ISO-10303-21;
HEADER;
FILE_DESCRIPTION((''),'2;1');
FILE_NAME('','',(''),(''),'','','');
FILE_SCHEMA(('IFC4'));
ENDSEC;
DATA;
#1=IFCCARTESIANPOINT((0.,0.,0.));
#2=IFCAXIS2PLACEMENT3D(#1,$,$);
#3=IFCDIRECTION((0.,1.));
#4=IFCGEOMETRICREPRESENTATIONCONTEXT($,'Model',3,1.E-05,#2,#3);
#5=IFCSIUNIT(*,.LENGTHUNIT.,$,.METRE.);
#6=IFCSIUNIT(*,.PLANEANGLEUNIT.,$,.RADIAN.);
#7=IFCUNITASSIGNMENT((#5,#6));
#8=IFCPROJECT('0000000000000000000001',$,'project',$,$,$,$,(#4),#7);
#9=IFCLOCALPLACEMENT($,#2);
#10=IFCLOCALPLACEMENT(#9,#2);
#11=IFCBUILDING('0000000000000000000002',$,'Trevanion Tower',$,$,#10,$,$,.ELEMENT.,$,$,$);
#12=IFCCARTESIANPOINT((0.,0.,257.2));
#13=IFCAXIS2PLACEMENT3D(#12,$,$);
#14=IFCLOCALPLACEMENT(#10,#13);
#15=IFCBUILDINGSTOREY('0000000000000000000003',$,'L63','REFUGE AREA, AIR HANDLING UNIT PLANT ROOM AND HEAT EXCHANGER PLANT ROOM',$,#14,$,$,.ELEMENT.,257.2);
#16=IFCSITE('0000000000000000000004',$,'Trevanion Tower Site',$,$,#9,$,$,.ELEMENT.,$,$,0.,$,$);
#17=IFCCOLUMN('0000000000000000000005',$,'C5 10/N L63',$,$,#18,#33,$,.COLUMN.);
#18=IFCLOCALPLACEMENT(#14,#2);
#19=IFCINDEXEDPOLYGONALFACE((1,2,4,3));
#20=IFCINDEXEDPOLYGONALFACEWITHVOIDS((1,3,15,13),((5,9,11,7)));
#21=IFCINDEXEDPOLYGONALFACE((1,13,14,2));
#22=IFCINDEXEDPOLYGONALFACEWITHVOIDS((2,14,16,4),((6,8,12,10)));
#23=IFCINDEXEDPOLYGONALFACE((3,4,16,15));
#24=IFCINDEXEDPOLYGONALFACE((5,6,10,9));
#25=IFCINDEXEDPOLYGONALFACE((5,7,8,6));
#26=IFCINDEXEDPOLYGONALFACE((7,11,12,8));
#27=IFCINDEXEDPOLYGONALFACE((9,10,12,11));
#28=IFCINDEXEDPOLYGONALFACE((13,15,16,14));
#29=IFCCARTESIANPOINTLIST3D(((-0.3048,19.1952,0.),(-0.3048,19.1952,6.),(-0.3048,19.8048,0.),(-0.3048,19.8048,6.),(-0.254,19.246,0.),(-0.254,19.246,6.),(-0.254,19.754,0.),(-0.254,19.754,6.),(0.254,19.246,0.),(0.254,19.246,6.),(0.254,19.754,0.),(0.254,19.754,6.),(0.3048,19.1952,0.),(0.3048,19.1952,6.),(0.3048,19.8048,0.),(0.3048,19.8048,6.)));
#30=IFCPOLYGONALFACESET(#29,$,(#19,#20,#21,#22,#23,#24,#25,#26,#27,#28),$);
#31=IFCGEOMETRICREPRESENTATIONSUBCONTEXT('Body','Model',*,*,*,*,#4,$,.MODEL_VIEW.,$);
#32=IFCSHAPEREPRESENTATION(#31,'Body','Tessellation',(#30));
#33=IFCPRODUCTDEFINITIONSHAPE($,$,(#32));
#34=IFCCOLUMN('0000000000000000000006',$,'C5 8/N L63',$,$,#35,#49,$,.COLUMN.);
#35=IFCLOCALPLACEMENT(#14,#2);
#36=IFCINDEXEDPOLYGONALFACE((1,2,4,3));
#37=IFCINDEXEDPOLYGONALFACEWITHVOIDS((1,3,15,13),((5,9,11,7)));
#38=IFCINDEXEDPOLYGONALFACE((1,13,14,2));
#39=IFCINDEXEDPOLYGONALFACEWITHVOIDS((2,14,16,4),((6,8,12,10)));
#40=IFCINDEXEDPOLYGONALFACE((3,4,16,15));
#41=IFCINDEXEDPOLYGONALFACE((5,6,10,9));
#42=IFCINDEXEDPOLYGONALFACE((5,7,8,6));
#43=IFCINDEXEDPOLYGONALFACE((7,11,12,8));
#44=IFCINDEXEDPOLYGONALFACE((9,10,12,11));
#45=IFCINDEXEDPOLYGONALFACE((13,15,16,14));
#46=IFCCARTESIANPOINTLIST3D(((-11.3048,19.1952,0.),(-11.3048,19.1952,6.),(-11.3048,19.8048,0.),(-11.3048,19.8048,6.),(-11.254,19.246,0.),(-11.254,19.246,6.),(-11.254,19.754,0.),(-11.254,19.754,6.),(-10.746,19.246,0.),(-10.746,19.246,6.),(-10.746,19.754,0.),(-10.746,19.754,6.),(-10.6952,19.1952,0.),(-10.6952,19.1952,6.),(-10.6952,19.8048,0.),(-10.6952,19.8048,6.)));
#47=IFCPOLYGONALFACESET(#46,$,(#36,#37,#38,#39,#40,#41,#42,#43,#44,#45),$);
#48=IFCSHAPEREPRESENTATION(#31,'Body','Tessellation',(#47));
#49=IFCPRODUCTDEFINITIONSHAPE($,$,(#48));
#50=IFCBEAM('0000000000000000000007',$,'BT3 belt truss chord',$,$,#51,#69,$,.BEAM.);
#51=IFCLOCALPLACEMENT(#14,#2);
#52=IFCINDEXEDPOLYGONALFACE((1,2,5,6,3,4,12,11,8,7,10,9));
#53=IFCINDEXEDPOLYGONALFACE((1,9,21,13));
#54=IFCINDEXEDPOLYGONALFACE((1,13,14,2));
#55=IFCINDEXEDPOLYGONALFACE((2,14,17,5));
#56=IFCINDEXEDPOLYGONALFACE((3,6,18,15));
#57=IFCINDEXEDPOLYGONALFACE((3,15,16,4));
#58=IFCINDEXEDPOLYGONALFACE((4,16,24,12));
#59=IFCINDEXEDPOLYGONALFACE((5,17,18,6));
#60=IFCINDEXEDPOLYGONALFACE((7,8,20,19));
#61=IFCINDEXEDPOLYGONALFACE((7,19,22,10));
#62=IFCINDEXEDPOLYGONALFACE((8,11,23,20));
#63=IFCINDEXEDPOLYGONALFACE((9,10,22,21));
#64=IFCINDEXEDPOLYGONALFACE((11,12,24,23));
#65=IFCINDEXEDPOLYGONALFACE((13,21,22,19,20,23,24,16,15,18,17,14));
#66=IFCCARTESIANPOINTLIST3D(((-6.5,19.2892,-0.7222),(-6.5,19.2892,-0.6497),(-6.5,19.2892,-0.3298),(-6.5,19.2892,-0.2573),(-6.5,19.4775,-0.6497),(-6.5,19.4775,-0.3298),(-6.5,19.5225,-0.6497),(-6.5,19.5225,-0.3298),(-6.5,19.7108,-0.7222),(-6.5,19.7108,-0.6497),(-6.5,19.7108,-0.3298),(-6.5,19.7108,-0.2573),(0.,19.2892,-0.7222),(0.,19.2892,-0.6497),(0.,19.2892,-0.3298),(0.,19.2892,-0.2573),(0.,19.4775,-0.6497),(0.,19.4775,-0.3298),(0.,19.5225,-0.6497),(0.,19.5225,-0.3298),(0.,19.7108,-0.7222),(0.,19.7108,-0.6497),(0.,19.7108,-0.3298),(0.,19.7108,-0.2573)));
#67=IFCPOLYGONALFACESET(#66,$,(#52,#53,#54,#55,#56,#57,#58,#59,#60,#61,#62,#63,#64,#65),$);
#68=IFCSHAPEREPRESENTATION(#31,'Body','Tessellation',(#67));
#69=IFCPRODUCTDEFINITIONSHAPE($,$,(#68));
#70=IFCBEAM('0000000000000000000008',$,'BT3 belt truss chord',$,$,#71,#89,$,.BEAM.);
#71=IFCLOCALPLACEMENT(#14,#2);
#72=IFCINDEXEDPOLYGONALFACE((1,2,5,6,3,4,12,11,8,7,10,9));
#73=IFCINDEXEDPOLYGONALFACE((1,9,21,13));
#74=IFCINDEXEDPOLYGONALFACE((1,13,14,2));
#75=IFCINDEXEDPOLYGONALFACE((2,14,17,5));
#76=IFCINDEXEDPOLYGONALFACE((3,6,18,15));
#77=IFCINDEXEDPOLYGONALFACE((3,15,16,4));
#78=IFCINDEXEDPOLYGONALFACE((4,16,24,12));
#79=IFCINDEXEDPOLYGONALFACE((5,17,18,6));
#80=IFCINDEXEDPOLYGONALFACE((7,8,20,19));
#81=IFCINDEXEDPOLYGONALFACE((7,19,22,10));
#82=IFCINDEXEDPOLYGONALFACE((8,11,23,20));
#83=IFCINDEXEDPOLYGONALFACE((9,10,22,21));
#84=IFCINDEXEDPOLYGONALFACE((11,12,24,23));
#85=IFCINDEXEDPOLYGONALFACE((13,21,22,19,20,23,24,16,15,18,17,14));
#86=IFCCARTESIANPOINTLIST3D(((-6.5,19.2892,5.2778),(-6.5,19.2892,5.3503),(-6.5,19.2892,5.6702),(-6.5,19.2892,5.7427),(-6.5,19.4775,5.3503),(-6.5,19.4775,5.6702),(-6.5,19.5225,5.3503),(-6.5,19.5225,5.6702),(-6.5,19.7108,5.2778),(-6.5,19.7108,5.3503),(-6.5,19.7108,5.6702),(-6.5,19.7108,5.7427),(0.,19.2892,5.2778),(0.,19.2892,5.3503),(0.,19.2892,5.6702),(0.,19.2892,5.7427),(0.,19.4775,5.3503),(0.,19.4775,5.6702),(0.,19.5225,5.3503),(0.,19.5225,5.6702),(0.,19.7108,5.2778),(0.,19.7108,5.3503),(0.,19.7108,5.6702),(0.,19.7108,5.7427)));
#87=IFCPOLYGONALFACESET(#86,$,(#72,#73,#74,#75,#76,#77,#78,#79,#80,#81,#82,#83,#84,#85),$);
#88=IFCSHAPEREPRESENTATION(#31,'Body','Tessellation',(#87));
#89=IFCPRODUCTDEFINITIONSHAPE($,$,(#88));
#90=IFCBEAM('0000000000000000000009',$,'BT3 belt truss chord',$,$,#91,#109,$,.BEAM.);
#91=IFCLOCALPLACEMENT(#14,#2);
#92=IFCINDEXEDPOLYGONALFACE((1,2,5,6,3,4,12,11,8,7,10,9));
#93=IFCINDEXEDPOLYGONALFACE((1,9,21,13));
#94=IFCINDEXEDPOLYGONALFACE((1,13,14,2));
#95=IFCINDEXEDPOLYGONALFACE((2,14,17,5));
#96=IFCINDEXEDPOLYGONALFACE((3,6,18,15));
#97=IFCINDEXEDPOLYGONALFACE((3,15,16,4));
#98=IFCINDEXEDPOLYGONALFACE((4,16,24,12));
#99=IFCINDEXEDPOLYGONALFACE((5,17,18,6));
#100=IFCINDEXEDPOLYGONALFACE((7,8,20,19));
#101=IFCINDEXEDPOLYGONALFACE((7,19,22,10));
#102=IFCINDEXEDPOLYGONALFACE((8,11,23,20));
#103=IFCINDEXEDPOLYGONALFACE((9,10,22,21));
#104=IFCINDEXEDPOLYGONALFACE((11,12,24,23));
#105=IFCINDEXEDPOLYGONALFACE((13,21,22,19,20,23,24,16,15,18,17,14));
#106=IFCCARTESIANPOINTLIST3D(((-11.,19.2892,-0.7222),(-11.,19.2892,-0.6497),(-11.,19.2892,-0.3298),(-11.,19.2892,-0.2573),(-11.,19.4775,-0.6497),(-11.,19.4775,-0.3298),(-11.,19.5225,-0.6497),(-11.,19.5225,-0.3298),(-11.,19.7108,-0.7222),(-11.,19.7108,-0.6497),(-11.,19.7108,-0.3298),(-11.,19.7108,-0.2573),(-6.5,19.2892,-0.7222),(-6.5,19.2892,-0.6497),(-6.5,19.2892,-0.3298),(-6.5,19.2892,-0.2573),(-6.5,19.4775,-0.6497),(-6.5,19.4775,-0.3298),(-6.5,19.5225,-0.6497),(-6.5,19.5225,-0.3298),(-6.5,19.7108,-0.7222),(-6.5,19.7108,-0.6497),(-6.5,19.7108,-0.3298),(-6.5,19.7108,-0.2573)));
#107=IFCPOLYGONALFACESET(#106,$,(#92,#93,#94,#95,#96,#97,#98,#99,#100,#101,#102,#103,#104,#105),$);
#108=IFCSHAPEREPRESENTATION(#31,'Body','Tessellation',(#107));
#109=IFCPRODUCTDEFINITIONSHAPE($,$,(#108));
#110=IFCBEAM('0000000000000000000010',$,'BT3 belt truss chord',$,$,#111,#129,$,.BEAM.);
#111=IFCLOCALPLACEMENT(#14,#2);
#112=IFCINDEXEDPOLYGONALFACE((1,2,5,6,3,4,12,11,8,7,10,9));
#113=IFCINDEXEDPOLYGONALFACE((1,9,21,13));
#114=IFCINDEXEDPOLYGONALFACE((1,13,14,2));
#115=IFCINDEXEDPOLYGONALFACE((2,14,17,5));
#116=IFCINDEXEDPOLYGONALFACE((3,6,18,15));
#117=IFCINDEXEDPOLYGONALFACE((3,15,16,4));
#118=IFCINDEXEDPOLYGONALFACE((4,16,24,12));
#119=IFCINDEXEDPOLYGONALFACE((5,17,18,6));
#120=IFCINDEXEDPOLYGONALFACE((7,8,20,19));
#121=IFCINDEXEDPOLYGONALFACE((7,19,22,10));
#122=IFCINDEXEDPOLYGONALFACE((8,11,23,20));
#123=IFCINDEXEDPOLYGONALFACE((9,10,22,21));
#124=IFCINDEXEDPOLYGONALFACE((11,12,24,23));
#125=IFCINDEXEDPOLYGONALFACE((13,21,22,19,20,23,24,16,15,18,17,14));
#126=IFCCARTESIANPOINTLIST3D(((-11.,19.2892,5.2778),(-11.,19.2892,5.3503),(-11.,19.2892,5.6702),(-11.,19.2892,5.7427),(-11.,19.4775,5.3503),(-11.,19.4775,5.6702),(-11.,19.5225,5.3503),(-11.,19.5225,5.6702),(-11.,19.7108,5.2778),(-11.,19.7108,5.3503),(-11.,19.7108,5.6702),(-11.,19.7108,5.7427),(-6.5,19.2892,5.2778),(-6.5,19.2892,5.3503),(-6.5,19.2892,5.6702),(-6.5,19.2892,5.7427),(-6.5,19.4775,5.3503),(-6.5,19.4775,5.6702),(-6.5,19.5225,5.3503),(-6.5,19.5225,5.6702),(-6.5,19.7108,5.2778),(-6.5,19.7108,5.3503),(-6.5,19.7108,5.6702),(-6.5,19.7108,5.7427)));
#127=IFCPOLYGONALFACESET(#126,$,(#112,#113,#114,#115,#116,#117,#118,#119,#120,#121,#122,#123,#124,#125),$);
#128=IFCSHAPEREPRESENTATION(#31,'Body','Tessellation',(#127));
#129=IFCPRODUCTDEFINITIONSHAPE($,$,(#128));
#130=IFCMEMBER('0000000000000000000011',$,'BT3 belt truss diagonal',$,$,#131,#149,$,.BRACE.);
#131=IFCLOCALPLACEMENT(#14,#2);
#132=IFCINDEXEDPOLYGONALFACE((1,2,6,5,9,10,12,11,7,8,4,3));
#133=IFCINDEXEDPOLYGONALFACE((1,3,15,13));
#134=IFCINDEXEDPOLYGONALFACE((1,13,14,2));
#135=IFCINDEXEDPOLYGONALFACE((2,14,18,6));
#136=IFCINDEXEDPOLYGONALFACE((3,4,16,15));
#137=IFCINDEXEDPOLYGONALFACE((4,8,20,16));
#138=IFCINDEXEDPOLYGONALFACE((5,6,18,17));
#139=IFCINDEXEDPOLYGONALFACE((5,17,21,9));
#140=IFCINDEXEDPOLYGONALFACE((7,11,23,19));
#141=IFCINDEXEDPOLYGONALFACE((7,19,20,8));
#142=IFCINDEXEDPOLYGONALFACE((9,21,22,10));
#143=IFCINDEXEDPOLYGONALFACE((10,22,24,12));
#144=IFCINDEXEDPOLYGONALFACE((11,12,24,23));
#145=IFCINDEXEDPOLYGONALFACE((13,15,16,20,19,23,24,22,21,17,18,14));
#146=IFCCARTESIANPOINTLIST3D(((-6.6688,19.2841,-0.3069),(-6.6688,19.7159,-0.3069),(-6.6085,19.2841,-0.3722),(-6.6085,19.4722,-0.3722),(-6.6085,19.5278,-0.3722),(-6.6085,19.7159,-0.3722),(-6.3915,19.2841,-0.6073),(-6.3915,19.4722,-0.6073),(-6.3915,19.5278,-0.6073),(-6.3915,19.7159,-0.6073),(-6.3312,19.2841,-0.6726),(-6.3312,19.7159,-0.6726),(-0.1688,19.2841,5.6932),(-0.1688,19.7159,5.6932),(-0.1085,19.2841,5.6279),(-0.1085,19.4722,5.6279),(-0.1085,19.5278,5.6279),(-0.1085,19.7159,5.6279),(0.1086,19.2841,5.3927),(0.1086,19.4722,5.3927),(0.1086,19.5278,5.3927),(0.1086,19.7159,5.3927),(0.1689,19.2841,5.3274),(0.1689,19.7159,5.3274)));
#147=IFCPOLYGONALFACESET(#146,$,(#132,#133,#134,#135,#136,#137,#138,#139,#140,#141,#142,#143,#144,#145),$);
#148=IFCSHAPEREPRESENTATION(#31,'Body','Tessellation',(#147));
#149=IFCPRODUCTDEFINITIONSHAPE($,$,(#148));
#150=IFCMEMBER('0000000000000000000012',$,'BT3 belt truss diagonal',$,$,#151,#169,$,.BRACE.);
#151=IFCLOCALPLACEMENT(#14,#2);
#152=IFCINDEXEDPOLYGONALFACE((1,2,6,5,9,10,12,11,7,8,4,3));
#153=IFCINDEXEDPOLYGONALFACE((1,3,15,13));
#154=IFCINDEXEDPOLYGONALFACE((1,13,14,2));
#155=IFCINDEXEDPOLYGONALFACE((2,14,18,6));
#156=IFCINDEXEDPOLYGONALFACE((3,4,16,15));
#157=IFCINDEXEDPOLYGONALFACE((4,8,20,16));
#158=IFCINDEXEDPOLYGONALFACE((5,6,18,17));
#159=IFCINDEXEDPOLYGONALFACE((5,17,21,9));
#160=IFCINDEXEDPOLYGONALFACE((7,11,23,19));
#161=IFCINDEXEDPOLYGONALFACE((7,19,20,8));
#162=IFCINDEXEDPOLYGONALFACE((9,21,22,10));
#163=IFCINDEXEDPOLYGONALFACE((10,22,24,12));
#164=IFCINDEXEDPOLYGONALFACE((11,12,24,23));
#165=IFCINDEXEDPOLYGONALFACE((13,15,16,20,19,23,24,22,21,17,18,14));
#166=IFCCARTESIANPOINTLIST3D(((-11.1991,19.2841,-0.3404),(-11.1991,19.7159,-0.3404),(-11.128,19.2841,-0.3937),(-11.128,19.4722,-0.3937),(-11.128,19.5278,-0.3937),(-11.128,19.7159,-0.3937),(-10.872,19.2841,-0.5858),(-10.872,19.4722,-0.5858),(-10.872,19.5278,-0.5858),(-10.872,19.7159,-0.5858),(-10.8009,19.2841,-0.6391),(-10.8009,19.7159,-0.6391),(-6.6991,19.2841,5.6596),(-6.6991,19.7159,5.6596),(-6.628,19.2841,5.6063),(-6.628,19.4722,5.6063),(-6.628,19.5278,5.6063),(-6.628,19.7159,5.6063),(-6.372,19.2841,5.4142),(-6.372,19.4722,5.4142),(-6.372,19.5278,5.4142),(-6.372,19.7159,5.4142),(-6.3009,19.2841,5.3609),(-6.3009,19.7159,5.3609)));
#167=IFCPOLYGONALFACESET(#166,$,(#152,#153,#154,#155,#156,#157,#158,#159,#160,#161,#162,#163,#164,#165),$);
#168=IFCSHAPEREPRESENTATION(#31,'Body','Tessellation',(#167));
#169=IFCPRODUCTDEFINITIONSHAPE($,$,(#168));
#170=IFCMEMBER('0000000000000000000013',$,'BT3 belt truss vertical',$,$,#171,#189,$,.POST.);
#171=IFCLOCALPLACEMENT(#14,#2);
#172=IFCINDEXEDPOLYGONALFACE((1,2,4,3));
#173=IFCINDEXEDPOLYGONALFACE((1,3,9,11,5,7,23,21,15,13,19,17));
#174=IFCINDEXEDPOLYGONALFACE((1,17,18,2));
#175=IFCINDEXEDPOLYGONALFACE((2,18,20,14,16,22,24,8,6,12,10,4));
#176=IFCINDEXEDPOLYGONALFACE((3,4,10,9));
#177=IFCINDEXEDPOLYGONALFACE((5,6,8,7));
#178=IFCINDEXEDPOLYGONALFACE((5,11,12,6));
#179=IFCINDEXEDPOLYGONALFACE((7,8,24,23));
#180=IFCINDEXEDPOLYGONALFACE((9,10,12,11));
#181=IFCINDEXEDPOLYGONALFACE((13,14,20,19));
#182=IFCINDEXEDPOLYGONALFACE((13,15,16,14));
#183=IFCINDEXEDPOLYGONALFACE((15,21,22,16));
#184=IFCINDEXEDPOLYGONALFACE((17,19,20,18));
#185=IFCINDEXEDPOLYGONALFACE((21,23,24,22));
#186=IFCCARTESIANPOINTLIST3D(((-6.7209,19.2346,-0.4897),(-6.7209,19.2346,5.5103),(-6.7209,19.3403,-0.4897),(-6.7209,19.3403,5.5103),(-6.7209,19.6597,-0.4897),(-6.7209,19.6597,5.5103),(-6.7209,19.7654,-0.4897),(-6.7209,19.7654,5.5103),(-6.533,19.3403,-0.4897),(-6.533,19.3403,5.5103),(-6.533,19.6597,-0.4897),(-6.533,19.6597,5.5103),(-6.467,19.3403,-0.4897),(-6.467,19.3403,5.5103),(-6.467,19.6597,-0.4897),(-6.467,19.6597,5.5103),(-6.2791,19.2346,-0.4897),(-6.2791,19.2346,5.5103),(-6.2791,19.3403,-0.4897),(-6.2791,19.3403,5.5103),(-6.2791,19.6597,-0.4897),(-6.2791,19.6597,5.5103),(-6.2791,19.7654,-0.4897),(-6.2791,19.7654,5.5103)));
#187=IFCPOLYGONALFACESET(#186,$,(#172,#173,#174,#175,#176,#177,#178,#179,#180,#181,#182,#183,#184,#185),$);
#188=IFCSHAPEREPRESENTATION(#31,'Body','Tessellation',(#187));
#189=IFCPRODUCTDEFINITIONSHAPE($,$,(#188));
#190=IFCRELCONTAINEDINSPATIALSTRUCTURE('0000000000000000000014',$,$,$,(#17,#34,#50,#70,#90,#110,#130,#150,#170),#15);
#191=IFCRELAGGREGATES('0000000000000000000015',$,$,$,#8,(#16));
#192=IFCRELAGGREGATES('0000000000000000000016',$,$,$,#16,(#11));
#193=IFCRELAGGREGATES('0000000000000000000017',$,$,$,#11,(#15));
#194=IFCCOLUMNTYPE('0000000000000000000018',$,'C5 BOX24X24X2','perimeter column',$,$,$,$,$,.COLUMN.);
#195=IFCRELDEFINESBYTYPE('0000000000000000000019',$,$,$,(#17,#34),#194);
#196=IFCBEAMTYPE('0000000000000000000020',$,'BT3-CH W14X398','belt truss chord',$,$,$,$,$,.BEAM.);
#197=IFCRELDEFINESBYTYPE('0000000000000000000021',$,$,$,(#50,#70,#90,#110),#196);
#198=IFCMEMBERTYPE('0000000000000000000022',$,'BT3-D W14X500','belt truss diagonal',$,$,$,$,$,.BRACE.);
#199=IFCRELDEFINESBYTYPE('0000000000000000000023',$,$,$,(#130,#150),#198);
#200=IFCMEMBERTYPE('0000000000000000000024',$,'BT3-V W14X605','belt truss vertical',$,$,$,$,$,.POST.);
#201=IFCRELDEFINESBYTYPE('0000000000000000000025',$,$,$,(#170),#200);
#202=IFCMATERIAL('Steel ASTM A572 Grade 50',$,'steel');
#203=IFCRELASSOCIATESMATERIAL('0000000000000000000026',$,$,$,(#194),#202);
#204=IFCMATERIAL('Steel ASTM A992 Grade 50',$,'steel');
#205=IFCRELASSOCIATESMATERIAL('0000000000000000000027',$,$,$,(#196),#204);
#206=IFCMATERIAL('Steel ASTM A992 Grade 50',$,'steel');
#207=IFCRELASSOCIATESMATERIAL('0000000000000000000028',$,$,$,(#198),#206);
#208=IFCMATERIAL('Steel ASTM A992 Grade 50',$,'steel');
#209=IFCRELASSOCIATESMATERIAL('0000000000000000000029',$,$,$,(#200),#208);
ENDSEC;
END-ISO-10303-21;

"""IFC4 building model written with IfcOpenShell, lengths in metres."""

from ifc_helpers import new_model, si_unit, direction, frame, origin, origin_2d, place, context, subcontext, project, spatial, hollow_rectangle, i_section, extrude, material, material_profile, profile_set, type_object, element, save


model = new_model("IFC4")

# Units and contexts
model_context = context("Model", 3, precision=1e-05, world=origin(), true_north=direction((0.0, 1.0)))
body_context = subcontext(model_context, "Body", "Model", "MODEL_VIEW")
ifc_project = project(units=[si_unit("LENGTHUNIT", "METRE"), si_unit("PLANEANGLEUNIT", "RADIAN")], contexts=[model_context])

# Site, building, storey
site_placement = place(None, origin())
site = spatial("IfcSite", under=ifc_project, at=site_placement, Name="Trevanion Tower Site", CompositionType="ELEMENT", RefElevation=0.0)
building_placement = place(site_placement, origin())
building = spatial("IfcBuilding", under=site, at=building_placement, Name="Trevanion Tower", CompositionType="ELEMENT")
storey_placement = place(building_placement, frame((0.0, 0.0, 257.2)))
storey = spatial("IfcBuildingStorey", under=building, at=storey_placement, Name="L63", Description="REFUGE AREA, AIR HANDLING UNIT PLANT ROOM AND HEAT EXCHANGER PLANT ROOM", CompositionType="ELEMENT", Elevation=257.2)

# Columns
ifc_material_1 = material(Name="Steel ASTM A572 Grade 50", Category="steel")
ifc_material_profile_1 = material_profile(ifc_material_1, hollow_rectangle(XDim=0.6096, YDim=0.6096, WallThickness=0.0508, at=origin_2d()), Name="BOX24X24X2")
ifc_profile_set_1 = profile_set([ifc_material_profile_1], Name="Steel ASTM A572 Grade 50")
column_type = type_object("IfcColumnType", Name="C5 BOX24X24X2", Description="perimeter column", PredefinedType="COLUMN", material=ifc_profile_set_1)
for number, where, z_axis, x_axis, name in (
    (1, (0.0, 19.5, 0.0), (0.0, 0.0, 1.0), (1.0, 0.0, 0.0), "C5 10/N L63"),
    (2, (-11.0, 19.5, 0.0), (0.0, 0.0, 1.0), (1.0, 0.0, 0.0), "C5 8/N L63"),
):
    element("IfcColumn", number, at=place(storey_placement, frame(where, z_axis=z_axis, x_axis=x_axis)), inside=storey, type_object=column_type, Name=name, PredefinedType="COLUMN", context=body_context, shape_type="SweptSolid", body=[
        extrude(hollow_rectangle(XDim=0.6096, YDim=0.6096, WallThickness=0.0508, at=origin_2d()), origin(), (0.0, 0.0, 1.0), 6.0),
    ])

# Beams
ifc_material_2 = material(Name="Steel ASTM A992 Grade 50", Category="steel")
ifc_material_profile_2 = material_profile(ifc_material_2, i_section(OverallWidth=0.4216, OverallDepth=0.4648, WebThickness=0.0449, FlangeThickness=0.0725, at=origin_2d()), Name="W14X398")
ifc_profile_set_2 = profile_set([ifc_material_profile_2], Name="Steel ASTM A992 Grade 50")
beam_type_1 = type_object("IfcBeamType", Name="BT3-CH W14X398", Description="belt truss chord", PredefinedType="BEAM", material=ifc_profile_set_2)
for number, where, z_axis, x_axis, name in (
    (3, (0.0, 19.5, -0.4897), (-1.0, 0.0, 0.0), (0.0, -1.0, 0.0), "BT3 belt truss chord"),
    (4, (0.0, 19.5, 5.5103), (-1.0, 0.0, 0.0), (0.0, -1.0, 0.0), "BT3 belt truss chord"),
):
    element("IfcBeam", number, at=place(storey_placement, frame(where, z_axis=z_axis, x_axis=x_axis)), inside=storey, type_object=beam_type_1, Name=name, PredefinedType="BEAM", context=body_context, shape_type="SweptSolid", body=[
        extrude(i_section(OverallWidth=0.4216, OverallDepth=0.4648, WebThickness=0.0449, FlangeThickness=0.0725, at=origin_2d()), origin(), (0.0, 0.0, 1.0), 6.5),
    ])
for number, where, z_axis, x_axis, name in (
    (5, (-6.5, 19.5, -0.4897), (-1.0, 0.0, 0.0), (0.0, -1.0, 0.0), "BT3 belt truss chord"),
    (6, (-6.5, 19.5, 5.5103), (-1.0, 0.0, 0.0), (0.0, -1.0, 0.0), "BT3 belt truss chord"),
):
    element("IfcBeam", number, at=place(storey_placement, frame(where, z_axis=z_axis, x_axis=x_axis)), inside=storey, type_object=beam_type_1, Name=name, PredefinedType="BEAM", context=body_context, shape_type="SweptSolid", body=[
        extrude(i_section(OverallWidth=0.4216, OverallDepth=0.4648, WebThickness=0.0449, FlangeThickness=0.0725, at=origin_2d()), origin(), (0.0, 0.0, 1.0), 4.5),
    ])

# Members
ifc_material_3 = material(Name="Steel ASTM A992 Grade 50", Category="steel")
ifc_material_profile_3 = material_profile(ifc_material_3, i_section(OverallWidth=0.4319, OverallDepth=0.4978, WebThickness=0.0557, FlangeThickness=0.0889, at=origin_2d()), Name="W14X500")
ifc_profile_set_3 = profile_set([ifc_material_profile_3], Name="Steel ASTM A992 Grade 50")
member_type_1 = type_object("IfcMemberType", Name="BT3-D W14X500", Description="belt truss diagonal", PredefinedType="BRACE", material=ifc_profile_set_3)
member_1_placement = place(storey_placement, frame((-6.5, 19.5, -0.4897), z_axis=(0.734803, 0.0, 0.67828), x_axis=(0.0, 1.0, 0.0)))
element("IfcMember", 7, at=member_1_placement, inside=storey, type_object=member_type_1, Name="BT3 belt truss diagonal", PredefinedType="BRACE", context=body_context, shape_type="SweptSolid", body=[
    extrude(i_section(OverallWidth=0.4319, OverallDepth=0.4978, WebThickness=0.0557, FlangeThickness=0.0889, at=origin_2d()), origin(), (0.0, 0.0, 1.0), 8.8459),
])
member_2_placement = place(storey_placement, frame((-11.0, 19.5, -0.4897), z_axis=(0.6, 0.0, 0.8), x_axis=(0.0, 1.0, 0.0)))
element("IfcMember", 8, at=member_2_placement, inside=storey, type_object=member_type_1, Name="BT3 belt truss diagonal", PredefinedType="BRACE", context=body_context, shape_type="SweptSolid", body=[
    extrude(i_section(OverallWidth=0.4319, OverallDepth=0.4978, WebThickness=0.0557, FlangeThickness=0.0889, at=origin_2d()), origin(), (0.0, 0.0, 1.0), 7.5),
])
ifc_material_4 = material(Name="Steel ASTM A992 Grade 50", Category="steel")
ifc_material_profile_4 = material_profile(ifc_material_4, i_section(OverallWidth=0.4419, OverallDepth=0.5308, WebThickness=0.0659, FlangeThickness=0.1057, at=origin_2d()), Name="W14X605")
ifc_profile_set_4 = profile_set([ifc_material_profile_4], Name="Steel ASTM A992 Grade 50")
member_type_2 = type_object("IfcMemberType", Name="BT3-V W14X605", Description="belt truss vertical", PredefinedType="POST", material=ifc_profile_set_4)
member_3_placement = place(storey_placement, frame((-6.5, 19.5, -0.4897), z_axis=(0.0, 0.0, 1.0), x_axis=(1.0, 0.0, 0.0)))
element("IfcMember", 9, at=member_3_placement, inside=storey, type_object=member_type_2, Name="BT3 belt truss vertical", PredefinedType="POST", context=body_context, shape_type="SweptSolid", body=[
    extrude(i_section(OverallWidth=0.4419, OverallDepth=0.5308, WebThickness=0.0659, FlangeThickness=0.1057, at=origin_2d()), origin(), (0.0, 0.0, 1.0), 6.0),
])

save(model, "model.ifc")
